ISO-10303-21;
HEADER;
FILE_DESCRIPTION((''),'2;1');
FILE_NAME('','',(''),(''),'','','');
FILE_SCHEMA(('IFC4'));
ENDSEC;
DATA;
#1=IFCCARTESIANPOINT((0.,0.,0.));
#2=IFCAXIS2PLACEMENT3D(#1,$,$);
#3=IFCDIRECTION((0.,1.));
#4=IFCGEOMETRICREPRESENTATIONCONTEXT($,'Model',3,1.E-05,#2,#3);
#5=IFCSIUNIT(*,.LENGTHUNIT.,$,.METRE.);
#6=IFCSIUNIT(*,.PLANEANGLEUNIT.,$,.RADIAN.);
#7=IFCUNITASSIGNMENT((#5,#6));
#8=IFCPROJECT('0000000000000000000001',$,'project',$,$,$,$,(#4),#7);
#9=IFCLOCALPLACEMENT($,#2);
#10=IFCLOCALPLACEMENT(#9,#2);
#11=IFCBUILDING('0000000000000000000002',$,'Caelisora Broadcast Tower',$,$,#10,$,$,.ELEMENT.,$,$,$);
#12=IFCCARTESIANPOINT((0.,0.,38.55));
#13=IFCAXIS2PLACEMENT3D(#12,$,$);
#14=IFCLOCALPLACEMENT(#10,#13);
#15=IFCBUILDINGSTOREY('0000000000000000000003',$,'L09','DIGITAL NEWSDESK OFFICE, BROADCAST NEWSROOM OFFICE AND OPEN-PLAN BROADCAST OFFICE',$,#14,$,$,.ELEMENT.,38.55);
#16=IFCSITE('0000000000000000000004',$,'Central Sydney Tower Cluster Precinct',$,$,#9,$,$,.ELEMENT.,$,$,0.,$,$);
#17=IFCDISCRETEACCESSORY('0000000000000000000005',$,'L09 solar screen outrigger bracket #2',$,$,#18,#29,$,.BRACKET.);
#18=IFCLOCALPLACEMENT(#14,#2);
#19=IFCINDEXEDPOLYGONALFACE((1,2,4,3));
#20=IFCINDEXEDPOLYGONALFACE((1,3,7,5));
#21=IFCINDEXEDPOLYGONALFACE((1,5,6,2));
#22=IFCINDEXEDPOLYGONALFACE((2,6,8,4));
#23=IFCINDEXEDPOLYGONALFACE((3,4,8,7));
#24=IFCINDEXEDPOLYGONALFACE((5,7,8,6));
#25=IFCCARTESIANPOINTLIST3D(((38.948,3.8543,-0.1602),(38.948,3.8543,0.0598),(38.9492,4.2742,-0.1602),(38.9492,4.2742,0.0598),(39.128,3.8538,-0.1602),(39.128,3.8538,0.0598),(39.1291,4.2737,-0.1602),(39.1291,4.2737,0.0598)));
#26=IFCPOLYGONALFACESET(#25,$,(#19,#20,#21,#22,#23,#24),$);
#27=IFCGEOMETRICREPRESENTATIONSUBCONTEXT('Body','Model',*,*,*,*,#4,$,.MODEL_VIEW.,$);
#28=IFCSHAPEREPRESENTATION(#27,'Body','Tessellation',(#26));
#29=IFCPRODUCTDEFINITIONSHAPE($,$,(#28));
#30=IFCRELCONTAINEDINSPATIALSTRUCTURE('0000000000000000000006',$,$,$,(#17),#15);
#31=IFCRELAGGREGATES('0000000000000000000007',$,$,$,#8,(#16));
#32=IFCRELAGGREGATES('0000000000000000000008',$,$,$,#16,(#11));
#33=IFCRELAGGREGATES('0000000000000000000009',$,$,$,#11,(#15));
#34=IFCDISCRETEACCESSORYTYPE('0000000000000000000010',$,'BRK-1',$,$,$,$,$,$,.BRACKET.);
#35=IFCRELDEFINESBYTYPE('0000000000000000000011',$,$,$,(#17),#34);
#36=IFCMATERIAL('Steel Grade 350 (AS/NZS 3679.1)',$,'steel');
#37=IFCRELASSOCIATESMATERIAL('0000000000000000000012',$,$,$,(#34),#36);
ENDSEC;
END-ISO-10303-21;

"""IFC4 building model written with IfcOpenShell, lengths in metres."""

from ifc_helpers import new_model, si_unit, direction, frame, origin, origin_2d, place, context, subcontext, project, spatial, rectangle, extrude, source, transform, mapped, material, type_object, type_shapes, element, save


model = new_model("IFC4")

# Units and contexts
model_context = context("Model", 3, precision=1e-05, world=origin(), true_north=direction((0.0, 1.0)))
body_context = subcontext(model_context, "Body", "Model", "MODEL_VIEW")
ifc_project = project(units=[si_unit("LENGTHUNIT", "METRE"), si_unit("PLANEANGLEUNIT", "RADIAN")], contexts=[model_context])

# Site, building, storey
site_placement = place(None, origin())
site = spatial("IfcSite", under=ifc_project, at=site_placement, Name="Central Sydney Tower Cluster Precinct", CompositionType="ELEMENT", RefElevation=0.0)
building_placement = place(site_placement, origin())
building = spatial("IfcBuilding", under=site, at=building_placement, Name="Caelisora Broadcast Tower", CompositionType="ELEMENT")
storey_placement = place(building_placement, frame((0.0, 0.0, 38.55)))
storey = spatial("IfcBuildingStorey", under=building, at=storey_placement, Name="L09", Description="DIGITAL NEWSDESK OFFICE, BROADCAST NEWSROOM OFFICE AND OPEN-PLAN BROADCAST OFFICE", CompositionType="ELEMENT", Elevation=38.55)

# Shared definitions
ifc_material_1 = material(Name="Steel Grade 350 (AS/NZS 3679.1)", Category="steel")

# Discrete accessory
discrete_accessory_type = type_object("IfcDiscreteAccessoryType", Name="BRK-1", PredefinedType="BRACKET", material=ifc_material_1)
shared_shape_1 = source(origin(), body_context, "Body", "SweptSolid", [
    extrude(rectangle(XDim=0.1799, YDim=0.4199, at=origin_2d()), origin(), (0.0, 0.0, 1.0), 0.22),
])
type_shapes(discrete_accessory_type, [shared_shape_1])
discrete_accessory_placement = place(storey_placement, frame((39.0386, 4.064, -0.1602), z_axis=(0.0, 0.0, 1.0), x_axis=(0.999996, -0.002793, 0.0)))
element("IfcDiscreteAccessory", 1, at=discrete_accessory_placement, inside=storey, type_object=discrete_accessory_type, Name="L09 solar screen outrigger bracket #2", PredefinedType="BRACKET", context=body_context, shape_type="MappedRepresentation", body=[
    mapped(shared_shape_1, transform((0.0, 0.0, 0.0), scale=1.0)),
])

save(model, "model.ifc")
